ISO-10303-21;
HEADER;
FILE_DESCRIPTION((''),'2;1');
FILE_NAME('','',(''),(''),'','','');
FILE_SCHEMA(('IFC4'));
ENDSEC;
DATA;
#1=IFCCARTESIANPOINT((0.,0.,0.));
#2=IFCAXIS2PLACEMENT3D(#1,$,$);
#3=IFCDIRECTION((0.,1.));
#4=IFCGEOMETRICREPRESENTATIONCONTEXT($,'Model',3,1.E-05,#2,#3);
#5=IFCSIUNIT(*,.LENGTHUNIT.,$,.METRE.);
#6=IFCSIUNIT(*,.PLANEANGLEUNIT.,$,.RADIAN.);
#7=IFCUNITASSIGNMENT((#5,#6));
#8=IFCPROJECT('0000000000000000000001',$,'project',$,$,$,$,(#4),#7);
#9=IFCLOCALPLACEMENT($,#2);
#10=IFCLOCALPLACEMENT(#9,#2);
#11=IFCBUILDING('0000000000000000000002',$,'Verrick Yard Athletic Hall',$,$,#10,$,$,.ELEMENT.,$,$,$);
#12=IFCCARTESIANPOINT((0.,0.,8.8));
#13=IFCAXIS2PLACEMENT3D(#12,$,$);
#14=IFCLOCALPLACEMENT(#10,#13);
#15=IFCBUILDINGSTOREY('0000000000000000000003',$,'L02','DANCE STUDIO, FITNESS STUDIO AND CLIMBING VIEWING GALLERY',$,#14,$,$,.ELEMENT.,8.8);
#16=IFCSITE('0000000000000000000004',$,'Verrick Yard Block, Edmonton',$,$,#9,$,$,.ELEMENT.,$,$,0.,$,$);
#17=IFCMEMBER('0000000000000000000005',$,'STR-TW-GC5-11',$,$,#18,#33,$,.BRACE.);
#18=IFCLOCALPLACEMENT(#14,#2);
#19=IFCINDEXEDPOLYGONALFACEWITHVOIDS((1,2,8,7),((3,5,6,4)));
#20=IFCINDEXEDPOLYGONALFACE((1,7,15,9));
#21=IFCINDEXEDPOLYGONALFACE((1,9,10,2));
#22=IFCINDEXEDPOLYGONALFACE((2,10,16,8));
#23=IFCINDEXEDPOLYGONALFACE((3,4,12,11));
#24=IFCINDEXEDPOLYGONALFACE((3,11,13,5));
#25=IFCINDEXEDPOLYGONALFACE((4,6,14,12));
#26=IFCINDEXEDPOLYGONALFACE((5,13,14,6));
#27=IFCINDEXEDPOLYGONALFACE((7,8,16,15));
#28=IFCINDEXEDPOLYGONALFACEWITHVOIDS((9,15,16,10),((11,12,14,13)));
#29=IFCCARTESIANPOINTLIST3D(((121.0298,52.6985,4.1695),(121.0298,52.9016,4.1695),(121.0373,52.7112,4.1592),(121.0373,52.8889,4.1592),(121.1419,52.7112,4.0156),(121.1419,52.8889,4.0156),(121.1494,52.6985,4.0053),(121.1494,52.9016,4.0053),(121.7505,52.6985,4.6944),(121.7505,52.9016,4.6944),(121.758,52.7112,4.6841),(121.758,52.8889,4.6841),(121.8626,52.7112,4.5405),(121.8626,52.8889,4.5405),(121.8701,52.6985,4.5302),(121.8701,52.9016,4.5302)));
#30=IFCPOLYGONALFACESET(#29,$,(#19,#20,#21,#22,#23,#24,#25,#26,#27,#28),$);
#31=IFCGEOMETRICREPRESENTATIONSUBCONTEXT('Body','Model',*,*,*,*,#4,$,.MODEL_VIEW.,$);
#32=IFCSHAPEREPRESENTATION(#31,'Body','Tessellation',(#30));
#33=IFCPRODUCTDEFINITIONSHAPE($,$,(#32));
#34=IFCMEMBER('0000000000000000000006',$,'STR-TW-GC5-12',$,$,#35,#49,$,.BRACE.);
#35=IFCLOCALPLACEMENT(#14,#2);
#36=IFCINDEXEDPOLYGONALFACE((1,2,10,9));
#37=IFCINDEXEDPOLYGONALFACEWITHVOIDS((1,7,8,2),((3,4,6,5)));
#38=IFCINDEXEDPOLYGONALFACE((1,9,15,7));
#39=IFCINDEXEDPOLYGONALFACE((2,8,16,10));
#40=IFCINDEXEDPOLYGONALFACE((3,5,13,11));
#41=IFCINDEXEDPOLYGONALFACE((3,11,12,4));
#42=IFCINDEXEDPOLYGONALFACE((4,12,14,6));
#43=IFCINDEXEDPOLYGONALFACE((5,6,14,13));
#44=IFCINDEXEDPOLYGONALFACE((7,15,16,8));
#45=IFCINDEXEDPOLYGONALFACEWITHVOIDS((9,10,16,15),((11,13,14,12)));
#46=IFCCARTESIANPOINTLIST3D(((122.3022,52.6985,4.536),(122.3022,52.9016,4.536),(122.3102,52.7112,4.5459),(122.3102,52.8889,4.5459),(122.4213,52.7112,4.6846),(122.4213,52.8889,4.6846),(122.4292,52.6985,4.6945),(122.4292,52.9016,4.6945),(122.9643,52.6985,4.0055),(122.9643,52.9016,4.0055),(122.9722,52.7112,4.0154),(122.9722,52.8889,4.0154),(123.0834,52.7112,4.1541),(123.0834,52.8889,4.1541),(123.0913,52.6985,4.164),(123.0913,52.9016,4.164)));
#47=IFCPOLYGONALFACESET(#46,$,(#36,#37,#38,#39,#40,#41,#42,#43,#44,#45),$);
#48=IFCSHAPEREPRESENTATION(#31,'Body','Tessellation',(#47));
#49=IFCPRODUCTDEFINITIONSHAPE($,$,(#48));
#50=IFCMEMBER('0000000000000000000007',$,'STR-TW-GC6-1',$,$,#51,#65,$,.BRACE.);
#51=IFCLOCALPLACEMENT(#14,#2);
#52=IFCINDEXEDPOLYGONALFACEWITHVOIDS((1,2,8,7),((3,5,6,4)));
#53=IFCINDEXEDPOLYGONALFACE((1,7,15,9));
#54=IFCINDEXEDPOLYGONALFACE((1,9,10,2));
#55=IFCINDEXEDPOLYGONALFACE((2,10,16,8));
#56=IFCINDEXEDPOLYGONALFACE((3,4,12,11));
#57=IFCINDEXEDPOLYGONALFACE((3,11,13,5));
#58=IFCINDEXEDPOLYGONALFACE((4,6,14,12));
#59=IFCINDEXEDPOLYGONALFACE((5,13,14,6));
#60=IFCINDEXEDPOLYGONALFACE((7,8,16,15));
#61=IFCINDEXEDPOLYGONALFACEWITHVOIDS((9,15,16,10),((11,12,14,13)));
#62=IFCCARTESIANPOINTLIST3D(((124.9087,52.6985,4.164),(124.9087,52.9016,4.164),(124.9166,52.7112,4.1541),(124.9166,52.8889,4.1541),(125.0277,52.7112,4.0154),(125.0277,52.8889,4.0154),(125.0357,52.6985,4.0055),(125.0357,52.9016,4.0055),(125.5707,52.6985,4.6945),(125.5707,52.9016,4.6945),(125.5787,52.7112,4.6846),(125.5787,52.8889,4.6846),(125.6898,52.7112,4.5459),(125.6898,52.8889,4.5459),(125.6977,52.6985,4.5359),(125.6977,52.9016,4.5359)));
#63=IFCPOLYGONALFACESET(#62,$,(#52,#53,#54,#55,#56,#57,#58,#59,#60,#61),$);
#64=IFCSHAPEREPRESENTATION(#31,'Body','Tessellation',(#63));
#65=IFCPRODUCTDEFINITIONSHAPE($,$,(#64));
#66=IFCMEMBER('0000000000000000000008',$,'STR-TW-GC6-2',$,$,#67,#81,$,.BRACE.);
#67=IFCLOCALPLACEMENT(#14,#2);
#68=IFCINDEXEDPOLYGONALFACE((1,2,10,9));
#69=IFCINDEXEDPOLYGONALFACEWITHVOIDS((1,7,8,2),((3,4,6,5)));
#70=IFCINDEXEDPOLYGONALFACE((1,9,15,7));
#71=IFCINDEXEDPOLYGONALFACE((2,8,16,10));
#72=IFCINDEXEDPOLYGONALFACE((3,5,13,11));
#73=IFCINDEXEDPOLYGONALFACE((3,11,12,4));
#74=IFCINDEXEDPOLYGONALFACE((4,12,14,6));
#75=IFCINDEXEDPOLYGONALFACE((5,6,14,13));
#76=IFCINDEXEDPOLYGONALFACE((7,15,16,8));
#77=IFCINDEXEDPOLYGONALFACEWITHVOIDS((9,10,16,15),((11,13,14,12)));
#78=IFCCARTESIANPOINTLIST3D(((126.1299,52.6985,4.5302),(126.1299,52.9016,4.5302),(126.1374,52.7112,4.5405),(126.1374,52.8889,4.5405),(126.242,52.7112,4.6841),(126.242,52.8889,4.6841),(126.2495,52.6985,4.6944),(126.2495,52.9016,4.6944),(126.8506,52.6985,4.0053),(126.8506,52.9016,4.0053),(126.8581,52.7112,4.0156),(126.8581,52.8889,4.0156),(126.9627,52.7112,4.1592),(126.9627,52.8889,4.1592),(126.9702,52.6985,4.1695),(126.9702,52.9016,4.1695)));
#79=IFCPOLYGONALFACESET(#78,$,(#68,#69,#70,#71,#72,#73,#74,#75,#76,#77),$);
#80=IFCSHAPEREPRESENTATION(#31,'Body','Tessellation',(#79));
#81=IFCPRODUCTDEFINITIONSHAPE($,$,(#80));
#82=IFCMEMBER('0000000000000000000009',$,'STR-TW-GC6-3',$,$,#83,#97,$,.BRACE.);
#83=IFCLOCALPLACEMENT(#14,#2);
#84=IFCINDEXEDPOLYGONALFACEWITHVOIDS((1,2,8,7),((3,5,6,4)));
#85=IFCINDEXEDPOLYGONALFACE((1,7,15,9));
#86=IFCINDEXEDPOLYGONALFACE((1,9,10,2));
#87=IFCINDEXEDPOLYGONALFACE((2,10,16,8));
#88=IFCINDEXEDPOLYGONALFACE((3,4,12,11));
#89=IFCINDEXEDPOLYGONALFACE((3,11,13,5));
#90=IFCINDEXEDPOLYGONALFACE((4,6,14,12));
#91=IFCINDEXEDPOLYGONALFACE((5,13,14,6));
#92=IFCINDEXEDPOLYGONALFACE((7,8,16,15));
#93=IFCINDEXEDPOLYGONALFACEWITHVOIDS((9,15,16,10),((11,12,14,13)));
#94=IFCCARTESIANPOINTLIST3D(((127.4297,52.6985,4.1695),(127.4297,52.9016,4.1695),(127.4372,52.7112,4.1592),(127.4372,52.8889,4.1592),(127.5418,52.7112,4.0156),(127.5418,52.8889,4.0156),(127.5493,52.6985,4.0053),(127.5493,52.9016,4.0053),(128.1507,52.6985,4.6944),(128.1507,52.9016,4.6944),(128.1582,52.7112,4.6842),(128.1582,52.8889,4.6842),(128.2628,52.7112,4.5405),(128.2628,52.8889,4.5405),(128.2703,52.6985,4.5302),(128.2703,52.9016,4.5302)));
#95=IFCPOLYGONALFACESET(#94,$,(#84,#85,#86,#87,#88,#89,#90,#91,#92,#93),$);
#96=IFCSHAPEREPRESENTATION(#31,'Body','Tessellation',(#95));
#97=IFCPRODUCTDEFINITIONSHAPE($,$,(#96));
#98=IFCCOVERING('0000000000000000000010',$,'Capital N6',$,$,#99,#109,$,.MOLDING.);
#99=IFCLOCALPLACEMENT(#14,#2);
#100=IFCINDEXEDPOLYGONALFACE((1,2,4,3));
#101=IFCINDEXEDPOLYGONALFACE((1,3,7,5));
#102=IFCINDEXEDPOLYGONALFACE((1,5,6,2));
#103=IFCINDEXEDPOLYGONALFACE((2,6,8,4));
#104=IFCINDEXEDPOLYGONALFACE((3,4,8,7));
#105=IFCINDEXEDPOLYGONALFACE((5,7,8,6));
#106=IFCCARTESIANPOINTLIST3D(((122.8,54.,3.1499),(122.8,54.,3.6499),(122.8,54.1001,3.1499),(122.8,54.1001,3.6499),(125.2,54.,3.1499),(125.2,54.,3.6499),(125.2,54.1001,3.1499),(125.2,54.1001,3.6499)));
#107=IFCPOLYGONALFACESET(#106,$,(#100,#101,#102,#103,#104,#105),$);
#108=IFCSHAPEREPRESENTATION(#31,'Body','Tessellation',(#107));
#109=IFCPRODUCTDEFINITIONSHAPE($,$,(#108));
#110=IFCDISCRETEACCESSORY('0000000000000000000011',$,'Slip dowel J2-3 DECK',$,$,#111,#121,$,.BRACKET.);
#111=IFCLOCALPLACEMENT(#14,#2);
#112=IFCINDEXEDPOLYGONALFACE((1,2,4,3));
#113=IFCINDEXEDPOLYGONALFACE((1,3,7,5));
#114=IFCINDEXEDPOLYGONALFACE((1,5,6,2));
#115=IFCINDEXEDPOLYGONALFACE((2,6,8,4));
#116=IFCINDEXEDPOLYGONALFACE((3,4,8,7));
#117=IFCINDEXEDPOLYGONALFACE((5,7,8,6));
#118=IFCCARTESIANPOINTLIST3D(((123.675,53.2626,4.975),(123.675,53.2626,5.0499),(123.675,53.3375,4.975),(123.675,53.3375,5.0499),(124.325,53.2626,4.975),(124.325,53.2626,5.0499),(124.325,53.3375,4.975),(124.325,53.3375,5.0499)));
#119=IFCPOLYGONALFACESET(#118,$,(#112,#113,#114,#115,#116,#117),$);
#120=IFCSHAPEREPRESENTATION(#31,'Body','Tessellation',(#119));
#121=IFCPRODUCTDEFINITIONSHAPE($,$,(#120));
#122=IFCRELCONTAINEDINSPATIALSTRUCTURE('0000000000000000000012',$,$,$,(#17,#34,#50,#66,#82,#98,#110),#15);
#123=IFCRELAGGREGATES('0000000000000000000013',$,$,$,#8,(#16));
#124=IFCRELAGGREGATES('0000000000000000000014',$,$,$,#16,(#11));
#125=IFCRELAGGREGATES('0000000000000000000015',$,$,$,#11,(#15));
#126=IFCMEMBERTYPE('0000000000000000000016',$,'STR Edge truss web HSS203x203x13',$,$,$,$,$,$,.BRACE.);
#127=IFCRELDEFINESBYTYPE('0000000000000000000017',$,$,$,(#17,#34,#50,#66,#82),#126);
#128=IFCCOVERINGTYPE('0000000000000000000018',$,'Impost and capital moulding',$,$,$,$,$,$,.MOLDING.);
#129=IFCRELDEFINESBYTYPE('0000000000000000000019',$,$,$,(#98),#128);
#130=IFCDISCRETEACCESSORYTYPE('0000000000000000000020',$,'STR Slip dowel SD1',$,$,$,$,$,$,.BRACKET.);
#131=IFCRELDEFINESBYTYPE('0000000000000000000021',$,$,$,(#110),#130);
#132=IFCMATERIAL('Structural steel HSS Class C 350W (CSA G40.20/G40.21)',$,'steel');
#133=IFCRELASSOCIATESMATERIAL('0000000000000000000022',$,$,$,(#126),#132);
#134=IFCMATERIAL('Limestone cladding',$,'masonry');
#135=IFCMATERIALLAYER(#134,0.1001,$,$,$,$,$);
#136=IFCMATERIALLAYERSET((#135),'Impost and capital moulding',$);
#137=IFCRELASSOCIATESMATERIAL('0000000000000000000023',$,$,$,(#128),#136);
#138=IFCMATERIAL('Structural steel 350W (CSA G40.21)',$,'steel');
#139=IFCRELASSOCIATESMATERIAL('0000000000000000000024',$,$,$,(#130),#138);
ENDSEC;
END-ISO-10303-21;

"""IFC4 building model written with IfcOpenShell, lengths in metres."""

from ifc_helpers import new_model, si_unit, direction, frame, origin, origin_2d, place, context, subcontext, project, spatial, rectangle, hollow_rectangle, extrude, material, layer, layer_set, material_profile, profile_set, type_object, element, save


model = new_model("IFC4")

# Units and contexts
model_context = context("Model", 3, precision=1e-05, world=origin(), true_north=direction((0.0, 1.0)))
body_context = subcontext(model_context, "Body", "Model", "MODEL_VIEW")
ifc_project = project(units=[si_unit("LENGTHUNIT", "METRE"), si_unit("PLANEANGLEUNIT", "RADIAN")], contexts=[model_context])

# Site, building, storey
site_placement = place(None, origin())
site = spatial("IfcSite", under=ifc_project, at=site_placement, Name="Verrick Yard Block, Edmonton", CompositionType="ELEMENT", RefElevation=0.0)
building_placement = place(site_placement, origin())
building = spatial("IfcBuilding", under=site, at=building_placement, Name="Verrick Yard Athletic Hall", CompositionType="ELEMENT")
storey_placement = place(building_placement, frame((0.0, 0.0, 8.8)))
storey = spatial("IfcBuildingStorey", under=building, at=storey_placement, Name="L02", Description="DANCE STUDIO, FITNESS STUDIO AND CLIMBING VIEWING GALLERY", CompositionType="ELEMENT", Elevation=8.8)

# Shared definitions
ifc_material_1 = material(Name="Structural steel 350W (CSA G40.21)", Category="steel")

# Shared definitions
ifc_material_2 = material(Name="Structural steel HSS Class C 350W (CSA G40.20/G40.21)", Category="steel")

# Members
ifc_material_profile_1 = material_profile(ifc_material_2, hollow_rectangle(XDim=0.2031, YDim=0.2031, WallThickness=0.0127, at=origin_2d()), Name="HSS203x203x13")
ifc_profile_set_1 = profile_set([ifc_material_profile_1], Name="Structural steel HSS Class C 350W (CSA G40.20/G40.21)")
member_type_1 = type_object("IfcMemberType", Name="STR Edge truss web HSS203x203x13", PredefinedType="BRACE", material=ifc_profile_set_1)
member_1_placement = place(storey_placement, frame((121.0896, 52.8, 4.0874), z_axis=(0.808333, 0.0, 0.588725), x_axis=(0.0, 1.0, 0.0)))
element("IfcMember", 1, at=member_1_placement, inside=storey, type_object=member_type_1, Name="STR-TW-GC5-11", PredefinedType="BRACE", context=body_context, shape_type="SweptSolid", body=[
    extrude(hollow_rectangle(XDim=0.2031, YDim=0.2031, WallThickness=0.0127, at=origin_2d()), origin(), (0.0, 0.0, 1.0), 0.8916),
])
for number, where, z_axis, x_axis, name in (
    (2, (122.3657, 52.8, 4.6152), (0.780391, 0.0, -0.625291), (0.0, 1.0, 0.0), "STR-TW-GC5-12"),
    (3, (124.9722, 52.8, 4.0847), (0.780391, 0.0, 0.625291), (0.0, 1.0, 0.0), "STR-TW-GC6-1"),
):
    element("IfcMember", number, at=place(storey_placement, frame(where, z_axis=z_axis, x_axis=x_axis)), inside=storey, type_object=member_type_1, Name=name, PredefinedType="BRACE", context=body_context, shape_type="SweptSolid", body=[
        extrude(hollow_rectangle(XDim=0.2031, YDim=0.2031, WallThickness=0.0127, at=origin_2d()), origin(), (0.0, 0.0, 1.0), 0.8484),
    ])
member_2_placement = place(storey_placement, frame((126.1897, 52.8, 4.6123), z_axis=(0.808333, 0.0, -0.588725), x_axis=(0.0, 1.0, 0.0)))
element("IfcMember", 4, at=member_2_placement, inside=storey, type_object=member_type_1, Name="STR-TW-GC6-2", PredefinedType="BRACE", context=body_context, shape_type="SweptSolid", body=[
    extrude(hollow_rectangle(XDim=0.2031, YDim=0.2031, WallThickness=0.0127, at=origin_2d()), origin(), (0.0, 0.0, 1.0), 0.8916),
])
member_3_placement = place(storey_placement, frame((127.4895, 52.8, 4.0874), z_axis=(0.808428, 0.0, 0.588595), x_axis=(0.0, 1.0, 0.0)))
element("IfcMember", 5, at=member_3_placement, inside=storey, type_object=member_type_1, Name="STR-TW-GC6-3", PredefinedType="BRACE", context=body_context, shape_type="SweptSolid", body=[
    extrude(hollow_rectangle(XDim=0.2031, YDim=0.2031, WallThickness=0.0127, at=origin_2d()), origin(), (0.0, 0.0, 1.0), 0.8918),
])

# Covering
ifc_material_3 = material(Name="Limestone cladding", Category="masonry")
ifc_layer = layer(ifc_material_3, 0.1001)
ifc_layer_set = layer_set([ifc_layer], Name="Impost and capital moulding")
covering_type = type_object("IfcCoveringType", Name="Impost and capital moulding", PredefinedType="MOLDING", material=ifc_layer_set)
covering_placement = place(storey_placement, frame((124.0, 54.05, 3.1499), z_axis=(0.0, 0.0, 1.0), x_axis=(1.0, 0.0, 0.0)))
element("IfcCovering", 6, at=covering_placement, inside=storey, type_object=covering_type, Name="Capital N6", PredefinedType="MOLDING", context=body_context, shape_type="SweptSolid", body=[
    extrude(rectangle(XDim=2.3999, YDim=0.1001, at=origin_2d()), origin(), (0.0, 0.0, 1.0), 0.5),
])

# Discrete accessory
ifc_material_profile_2 = material_profile(ifc_material_1, rectangle(XDim=0.075, YDim=0.075, at=origin_2d()), Name="STR Slip dowel SD1")
ifc_profile_set_2 = profile_set([ifc_material_profile_2], Name="Structural steel 350W (CSA G40.21)")
discrete_accessory_type = type_object("IfcDiscreteAccessoryType", Name="STR Slip dowel SD1", PredefinedType="BRACKET", material=ifc_profile_set_2)
discrete_accessory_placement = place(storey_placement, frame((123.675, 53.3, 5.0125), z_axis=(1.0, 0.0, 0.0), x_axis=(0.0, 1.0, 0.0)))
element("IfcDiscreteAccessory", 7, at=discrete_accessory_placement, inside=storey, type_object=discrete_accessory_type, Name="Slip dowel J2-3 DECK", PredefinedType="BRACKET", context=body_context, shape_type="SweptSolid", body=[
    extrude(rectangle(XDim=0.075, YDim=0.075, at=origin_2d()), origin(), (0.0, 0.0, 1.0), 0.6499),
])

save(model, "model.ifc")
